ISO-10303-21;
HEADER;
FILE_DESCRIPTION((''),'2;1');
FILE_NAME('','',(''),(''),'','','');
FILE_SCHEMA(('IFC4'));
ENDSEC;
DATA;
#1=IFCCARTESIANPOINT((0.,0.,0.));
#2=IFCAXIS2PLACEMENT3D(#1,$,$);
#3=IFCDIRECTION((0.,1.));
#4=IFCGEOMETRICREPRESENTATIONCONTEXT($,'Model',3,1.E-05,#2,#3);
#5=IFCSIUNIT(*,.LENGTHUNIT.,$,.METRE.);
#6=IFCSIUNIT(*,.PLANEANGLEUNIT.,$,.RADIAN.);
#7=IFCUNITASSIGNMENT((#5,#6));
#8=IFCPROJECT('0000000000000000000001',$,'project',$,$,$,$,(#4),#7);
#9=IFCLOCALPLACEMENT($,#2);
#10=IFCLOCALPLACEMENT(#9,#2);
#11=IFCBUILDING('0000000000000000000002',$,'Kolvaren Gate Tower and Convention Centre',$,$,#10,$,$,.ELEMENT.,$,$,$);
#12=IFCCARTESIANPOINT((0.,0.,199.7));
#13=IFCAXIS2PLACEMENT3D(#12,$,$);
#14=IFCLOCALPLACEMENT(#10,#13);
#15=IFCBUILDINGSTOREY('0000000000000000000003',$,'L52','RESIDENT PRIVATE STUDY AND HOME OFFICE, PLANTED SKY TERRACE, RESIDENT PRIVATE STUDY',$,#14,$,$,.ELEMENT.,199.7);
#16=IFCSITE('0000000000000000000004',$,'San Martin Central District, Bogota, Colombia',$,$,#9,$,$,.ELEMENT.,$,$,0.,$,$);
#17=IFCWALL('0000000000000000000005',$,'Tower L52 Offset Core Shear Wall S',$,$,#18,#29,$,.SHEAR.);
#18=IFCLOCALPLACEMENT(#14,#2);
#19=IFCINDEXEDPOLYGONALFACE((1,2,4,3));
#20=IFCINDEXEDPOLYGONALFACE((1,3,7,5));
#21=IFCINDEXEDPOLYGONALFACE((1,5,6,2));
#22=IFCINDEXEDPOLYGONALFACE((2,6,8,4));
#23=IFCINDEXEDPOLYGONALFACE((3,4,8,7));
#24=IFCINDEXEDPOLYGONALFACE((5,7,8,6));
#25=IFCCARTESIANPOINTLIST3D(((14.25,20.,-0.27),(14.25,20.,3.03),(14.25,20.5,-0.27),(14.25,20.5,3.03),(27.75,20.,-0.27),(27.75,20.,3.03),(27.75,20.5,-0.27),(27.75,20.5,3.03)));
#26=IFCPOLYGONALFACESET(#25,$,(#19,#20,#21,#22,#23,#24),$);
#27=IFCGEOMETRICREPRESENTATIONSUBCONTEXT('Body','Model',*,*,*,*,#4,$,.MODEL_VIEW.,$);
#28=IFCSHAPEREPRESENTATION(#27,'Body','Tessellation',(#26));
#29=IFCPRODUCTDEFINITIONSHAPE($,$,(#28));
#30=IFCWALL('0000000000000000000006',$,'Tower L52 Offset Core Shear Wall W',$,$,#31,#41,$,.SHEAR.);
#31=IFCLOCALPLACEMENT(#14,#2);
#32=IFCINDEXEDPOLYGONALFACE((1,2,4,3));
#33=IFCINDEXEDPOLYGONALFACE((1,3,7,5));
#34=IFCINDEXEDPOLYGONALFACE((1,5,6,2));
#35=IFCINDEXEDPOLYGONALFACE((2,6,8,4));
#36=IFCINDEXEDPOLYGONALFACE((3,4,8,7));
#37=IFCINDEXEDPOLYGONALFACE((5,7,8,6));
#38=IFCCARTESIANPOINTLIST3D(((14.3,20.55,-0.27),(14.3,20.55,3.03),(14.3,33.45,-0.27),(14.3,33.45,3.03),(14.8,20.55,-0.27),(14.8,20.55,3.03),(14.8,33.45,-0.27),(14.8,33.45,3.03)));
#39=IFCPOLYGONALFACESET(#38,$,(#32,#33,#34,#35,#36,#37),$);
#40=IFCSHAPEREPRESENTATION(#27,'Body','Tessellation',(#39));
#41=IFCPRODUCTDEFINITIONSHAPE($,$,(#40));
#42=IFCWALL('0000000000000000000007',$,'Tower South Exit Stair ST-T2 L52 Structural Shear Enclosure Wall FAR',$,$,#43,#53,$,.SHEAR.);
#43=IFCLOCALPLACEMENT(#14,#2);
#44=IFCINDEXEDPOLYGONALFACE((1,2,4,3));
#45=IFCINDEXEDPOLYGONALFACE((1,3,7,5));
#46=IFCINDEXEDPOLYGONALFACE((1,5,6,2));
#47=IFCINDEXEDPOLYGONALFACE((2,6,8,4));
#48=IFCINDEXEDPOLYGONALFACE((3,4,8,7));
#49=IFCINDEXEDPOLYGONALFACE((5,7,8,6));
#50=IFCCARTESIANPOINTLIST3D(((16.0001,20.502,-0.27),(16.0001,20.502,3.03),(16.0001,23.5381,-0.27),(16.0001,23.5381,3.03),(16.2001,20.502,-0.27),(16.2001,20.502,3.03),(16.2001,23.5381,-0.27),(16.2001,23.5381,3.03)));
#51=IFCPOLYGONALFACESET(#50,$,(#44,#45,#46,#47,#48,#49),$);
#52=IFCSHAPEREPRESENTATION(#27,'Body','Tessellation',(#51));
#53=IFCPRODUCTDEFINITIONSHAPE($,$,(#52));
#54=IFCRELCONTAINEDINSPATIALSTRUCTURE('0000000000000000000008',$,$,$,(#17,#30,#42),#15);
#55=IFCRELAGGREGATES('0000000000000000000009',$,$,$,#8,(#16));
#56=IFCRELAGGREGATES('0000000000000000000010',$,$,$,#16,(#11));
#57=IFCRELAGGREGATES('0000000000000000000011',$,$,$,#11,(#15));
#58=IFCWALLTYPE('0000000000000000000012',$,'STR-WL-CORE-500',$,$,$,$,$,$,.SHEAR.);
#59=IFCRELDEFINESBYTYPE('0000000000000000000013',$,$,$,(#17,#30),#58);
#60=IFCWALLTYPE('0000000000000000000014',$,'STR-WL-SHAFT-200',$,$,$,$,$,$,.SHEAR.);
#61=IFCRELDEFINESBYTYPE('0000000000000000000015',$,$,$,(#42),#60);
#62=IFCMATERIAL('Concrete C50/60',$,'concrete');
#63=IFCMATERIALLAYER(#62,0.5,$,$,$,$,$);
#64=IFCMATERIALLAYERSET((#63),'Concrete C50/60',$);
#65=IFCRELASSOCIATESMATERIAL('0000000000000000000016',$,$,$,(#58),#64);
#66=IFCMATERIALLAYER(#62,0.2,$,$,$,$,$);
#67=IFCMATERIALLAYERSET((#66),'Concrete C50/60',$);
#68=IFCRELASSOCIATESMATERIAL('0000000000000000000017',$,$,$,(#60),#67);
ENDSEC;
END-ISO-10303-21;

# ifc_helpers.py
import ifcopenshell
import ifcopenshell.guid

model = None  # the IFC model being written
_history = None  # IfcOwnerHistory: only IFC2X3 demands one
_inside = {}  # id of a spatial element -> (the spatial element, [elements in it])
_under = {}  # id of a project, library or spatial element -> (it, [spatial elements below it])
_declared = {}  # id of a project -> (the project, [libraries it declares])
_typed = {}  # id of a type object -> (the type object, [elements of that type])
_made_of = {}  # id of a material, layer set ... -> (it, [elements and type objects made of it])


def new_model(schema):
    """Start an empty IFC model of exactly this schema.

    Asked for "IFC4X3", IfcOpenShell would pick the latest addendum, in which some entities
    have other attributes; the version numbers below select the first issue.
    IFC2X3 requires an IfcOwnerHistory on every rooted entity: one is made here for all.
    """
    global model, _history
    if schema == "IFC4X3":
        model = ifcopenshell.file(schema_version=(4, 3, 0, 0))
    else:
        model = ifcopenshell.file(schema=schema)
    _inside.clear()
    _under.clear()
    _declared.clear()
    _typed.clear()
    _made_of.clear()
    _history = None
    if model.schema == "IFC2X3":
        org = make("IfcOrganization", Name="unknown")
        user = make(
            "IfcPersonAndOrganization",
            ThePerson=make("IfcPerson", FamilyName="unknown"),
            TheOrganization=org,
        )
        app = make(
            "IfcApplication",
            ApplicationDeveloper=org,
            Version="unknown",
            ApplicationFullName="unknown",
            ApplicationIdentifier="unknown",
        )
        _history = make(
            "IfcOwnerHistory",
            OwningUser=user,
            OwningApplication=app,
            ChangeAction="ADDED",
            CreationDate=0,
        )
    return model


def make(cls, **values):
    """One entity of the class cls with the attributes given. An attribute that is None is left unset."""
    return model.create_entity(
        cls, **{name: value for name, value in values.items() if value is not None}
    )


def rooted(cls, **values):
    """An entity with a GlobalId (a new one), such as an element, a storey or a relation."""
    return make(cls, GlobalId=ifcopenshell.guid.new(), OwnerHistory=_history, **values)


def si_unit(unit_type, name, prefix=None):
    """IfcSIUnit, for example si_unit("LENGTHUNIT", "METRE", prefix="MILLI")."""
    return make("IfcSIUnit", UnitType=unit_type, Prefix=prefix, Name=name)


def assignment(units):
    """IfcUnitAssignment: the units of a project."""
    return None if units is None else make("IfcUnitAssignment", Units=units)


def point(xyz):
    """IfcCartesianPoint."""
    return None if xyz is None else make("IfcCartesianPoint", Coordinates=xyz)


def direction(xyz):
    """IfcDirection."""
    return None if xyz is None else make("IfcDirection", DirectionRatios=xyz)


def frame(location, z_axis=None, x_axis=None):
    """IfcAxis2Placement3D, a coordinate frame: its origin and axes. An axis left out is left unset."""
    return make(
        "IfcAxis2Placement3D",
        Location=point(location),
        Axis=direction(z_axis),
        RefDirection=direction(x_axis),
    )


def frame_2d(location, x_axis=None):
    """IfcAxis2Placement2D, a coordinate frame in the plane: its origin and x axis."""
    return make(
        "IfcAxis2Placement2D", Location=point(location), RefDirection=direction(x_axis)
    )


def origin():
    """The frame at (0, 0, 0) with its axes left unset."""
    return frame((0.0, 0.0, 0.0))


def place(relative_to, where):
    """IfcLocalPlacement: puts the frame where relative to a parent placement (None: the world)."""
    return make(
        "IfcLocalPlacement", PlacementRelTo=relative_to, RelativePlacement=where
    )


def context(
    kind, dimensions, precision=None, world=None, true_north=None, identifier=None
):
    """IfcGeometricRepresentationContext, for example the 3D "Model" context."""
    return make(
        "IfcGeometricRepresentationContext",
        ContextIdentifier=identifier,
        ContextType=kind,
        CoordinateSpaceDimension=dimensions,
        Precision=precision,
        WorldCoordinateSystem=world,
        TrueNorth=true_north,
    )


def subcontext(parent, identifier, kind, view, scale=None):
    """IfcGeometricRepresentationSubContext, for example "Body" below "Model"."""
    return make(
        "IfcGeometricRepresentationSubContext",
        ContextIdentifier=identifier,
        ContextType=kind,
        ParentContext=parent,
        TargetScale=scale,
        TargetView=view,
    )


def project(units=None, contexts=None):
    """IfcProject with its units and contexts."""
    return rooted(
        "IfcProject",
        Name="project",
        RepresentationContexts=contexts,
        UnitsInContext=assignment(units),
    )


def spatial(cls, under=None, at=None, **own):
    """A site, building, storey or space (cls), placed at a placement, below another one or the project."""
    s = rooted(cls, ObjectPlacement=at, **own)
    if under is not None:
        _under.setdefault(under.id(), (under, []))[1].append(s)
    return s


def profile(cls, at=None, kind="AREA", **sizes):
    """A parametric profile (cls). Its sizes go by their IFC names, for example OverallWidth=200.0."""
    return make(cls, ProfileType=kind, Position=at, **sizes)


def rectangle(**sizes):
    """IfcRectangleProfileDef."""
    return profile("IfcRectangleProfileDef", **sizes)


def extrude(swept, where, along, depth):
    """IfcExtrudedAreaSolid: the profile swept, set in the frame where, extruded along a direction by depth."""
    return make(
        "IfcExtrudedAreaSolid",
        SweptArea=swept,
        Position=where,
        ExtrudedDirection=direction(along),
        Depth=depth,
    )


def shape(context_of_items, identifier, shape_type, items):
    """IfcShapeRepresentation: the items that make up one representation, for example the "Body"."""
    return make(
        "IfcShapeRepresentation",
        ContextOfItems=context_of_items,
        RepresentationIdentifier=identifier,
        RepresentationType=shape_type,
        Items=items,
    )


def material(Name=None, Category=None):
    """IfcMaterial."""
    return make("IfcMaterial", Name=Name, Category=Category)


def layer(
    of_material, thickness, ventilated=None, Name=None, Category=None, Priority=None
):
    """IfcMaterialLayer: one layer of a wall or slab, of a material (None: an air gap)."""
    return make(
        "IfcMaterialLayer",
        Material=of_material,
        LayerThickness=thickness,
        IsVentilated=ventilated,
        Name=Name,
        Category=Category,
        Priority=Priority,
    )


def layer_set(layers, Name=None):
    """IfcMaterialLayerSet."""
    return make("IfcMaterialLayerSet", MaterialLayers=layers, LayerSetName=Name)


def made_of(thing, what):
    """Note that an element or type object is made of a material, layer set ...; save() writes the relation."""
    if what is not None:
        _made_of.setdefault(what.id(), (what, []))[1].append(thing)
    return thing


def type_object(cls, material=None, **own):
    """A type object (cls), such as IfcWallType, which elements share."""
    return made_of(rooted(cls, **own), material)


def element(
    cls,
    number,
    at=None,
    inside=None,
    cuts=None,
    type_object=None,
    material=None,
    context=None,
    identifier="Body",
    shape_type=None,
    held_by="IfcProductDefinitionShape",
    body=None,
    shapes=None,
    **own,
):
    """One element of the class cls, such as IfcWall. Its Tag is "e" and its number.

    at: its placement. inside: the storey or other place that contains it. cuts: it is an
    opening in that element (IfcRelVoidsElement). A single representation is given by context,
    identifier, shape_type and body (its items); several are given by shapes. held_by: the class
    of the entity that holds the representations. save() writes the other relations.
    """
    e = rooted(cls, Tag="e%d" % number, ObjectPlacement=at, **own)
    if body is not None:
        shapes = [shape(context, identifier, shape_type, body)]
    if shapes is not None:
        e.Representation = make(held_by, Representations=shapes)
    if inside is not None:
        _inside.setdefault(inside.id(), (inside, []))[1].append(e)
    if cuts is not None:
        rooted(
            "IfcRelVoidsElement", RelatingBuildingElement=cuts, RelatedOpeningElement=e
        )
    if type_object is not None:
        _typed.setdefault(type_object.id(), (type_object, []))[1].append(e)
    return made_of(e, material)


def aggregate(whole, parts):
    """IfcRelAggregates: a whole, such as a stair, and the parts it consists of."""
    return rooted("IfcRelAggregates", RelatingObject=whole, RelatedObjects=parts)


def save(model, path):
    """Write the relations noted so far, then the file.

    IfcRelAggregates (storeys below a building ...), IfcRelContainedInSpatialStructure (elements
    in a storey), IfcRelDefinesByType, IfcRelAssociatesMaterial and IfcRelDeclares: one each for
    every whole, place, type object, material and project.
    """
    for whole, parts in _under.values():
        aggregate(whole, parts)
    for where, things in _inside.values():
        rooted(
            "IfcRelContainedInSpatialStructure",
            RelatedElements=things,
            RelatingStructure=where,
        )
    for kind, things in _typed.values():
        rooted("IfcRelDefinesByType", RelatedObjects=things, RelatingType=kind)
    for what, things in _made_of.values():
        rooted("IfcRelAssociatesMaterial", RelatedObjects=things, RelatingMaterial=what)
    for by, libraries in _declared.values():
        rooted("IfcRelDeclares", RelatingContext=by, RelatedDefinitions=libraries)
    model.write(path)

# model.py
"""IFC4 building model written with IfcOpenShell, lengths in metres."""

from ifc_helpers import new_model, si_unit, direction, frame, frame_2d, origin, place, context, subcontext, project, spatial, rectangle, extrude, material, layer, layer_set, type_object, element, save


model = new_model("IFC4")

# Units and contexts
model_context = context("Model", 3, precision=1e-05, world=origin(), true_north=direction((0.0, 1.0)))
body_context = subcontext(model_context, "Body", "Model", "MODEL_VIEW")
ifc_project = project(units=[si_unit("LENGTHUNIT", "METRE"), si_unit("PLANEANGLEUNIT", "RADIAN")], contexts=[model_context])

# Site, building, storey
site_placement = place(None, origin())
site = spatial("IfcSite", under=ifc_project, at=site_placement, Name="San Martin Central District, Bogota, Colombia", CompositionType="ELEMENT", RefElevation=0.0)
building_placement = place(site_placement, origin())
building = spatial("IfcBuilding", under=site, at=building_placement, Name="Kolvaren Gate Tower and Convention Centre", CompositionType="ELEMENT")
storey_placement = place(building_placement, frame((0.0, 0.0, 199.7)))
storey = spatial("IfcBuildingStorey", under=building, at=storey_placement, Name="L52", Description="RESIDENT PRIVATE STUDY AND HOME OFFICE, PLANTED SKY TERRACE, RESIDENT PRIVATE STUDY", CompositionType="ELEMENT", Elevation=199.7)

# Walls
ifc_material_1 = material(Name="Concrete C50/60", Category="concrete")
ifc_layer_1 = layer(ifc_material_1, 0.5)
ifc_layer_set_1 = layer_set([ifc_layer_1], Name="Concrete C50/60")
wall_type_1 = type_object("IfcWallType", Name="STR-WL-CORE-500", PredefinedType="SHEAR", material=ifc_layer_set_1)
wall_1_placement = place(storey_placement, frame((14.25, 20.25, -0.27), z_axis=(0.0, 0.0, 1.0), x_axis=(1.0, 0.0, 0.0)))
element("IfcWall", 1, at=wall_1_placement, inside=storey, type_object=wall_type_1, Name="Tower L52 Offset Core Shear Wall S", PredefinedType="SHEAR", context=body_context, shape_type="SweptSolid", body=[
    extrude(rectangle(XDim=13.5, YDim=0.5, at=frame_2d((6.75, 0.0))), origin(), (0.0, 0.0, 1.0), 3.3),
])
wall_2_placement = place(storey_placement, frame((14.55, 20.55, -0.27), z_axis=(0.0, 0.0, 1.0), x_axis=(0.0, 1.0, 0.0)))
element("IfcWall", 2, at=wall_2_placement, inside=storey, type_object=wall_type_1, Name="Tower L52 Offset Core Shear Wall W", PredefinedType="SHEAR", context=body_context, shape_type="SweptSolid", body=[
    extrude(rectangle(XDim=12.8999, YDim=0.5, at=frame_2d((6.45, 0.0))), origin(), (0.0, 0.0, 1.0), 3.3),
])
ifc_layer_2 = layer(ifc_material_1, 0.2)
ifc_layer_set_2 = layer_set([ifc_layer_2], Name="Concrete C50/60")
wall_type_2 = type_object("IfcWallType", Name="STR-WL-SHAFT-200", PredefinedType="SHEAR", material=ifc_layer_set_2)
wall_3_placement = place(storey_placement, frame((16.1001, 20.502, -0.27), z_axis=(0.0, 0.0, 1.0), x_axis=(0.0, 1.0, 0.0)))
element("IfcWall", 3, at=wall_3_placement, inside=storey, type_object=wall_type_2, Name="Tower South Exit Stair ST-T2 L52 Structural Shear Enclosure Wall FAR", PredefinedType="SHEAR", context=body_context, shape_type="SweptSolid", body=[
    extrude(rectangle(XDim=3.0361, YDim=0.2, at=frame_2d((1.5181, 0.0))), origin(), (0.0, 0.0, 1.0), 3.3),
])

save(model, "model.ifc")
